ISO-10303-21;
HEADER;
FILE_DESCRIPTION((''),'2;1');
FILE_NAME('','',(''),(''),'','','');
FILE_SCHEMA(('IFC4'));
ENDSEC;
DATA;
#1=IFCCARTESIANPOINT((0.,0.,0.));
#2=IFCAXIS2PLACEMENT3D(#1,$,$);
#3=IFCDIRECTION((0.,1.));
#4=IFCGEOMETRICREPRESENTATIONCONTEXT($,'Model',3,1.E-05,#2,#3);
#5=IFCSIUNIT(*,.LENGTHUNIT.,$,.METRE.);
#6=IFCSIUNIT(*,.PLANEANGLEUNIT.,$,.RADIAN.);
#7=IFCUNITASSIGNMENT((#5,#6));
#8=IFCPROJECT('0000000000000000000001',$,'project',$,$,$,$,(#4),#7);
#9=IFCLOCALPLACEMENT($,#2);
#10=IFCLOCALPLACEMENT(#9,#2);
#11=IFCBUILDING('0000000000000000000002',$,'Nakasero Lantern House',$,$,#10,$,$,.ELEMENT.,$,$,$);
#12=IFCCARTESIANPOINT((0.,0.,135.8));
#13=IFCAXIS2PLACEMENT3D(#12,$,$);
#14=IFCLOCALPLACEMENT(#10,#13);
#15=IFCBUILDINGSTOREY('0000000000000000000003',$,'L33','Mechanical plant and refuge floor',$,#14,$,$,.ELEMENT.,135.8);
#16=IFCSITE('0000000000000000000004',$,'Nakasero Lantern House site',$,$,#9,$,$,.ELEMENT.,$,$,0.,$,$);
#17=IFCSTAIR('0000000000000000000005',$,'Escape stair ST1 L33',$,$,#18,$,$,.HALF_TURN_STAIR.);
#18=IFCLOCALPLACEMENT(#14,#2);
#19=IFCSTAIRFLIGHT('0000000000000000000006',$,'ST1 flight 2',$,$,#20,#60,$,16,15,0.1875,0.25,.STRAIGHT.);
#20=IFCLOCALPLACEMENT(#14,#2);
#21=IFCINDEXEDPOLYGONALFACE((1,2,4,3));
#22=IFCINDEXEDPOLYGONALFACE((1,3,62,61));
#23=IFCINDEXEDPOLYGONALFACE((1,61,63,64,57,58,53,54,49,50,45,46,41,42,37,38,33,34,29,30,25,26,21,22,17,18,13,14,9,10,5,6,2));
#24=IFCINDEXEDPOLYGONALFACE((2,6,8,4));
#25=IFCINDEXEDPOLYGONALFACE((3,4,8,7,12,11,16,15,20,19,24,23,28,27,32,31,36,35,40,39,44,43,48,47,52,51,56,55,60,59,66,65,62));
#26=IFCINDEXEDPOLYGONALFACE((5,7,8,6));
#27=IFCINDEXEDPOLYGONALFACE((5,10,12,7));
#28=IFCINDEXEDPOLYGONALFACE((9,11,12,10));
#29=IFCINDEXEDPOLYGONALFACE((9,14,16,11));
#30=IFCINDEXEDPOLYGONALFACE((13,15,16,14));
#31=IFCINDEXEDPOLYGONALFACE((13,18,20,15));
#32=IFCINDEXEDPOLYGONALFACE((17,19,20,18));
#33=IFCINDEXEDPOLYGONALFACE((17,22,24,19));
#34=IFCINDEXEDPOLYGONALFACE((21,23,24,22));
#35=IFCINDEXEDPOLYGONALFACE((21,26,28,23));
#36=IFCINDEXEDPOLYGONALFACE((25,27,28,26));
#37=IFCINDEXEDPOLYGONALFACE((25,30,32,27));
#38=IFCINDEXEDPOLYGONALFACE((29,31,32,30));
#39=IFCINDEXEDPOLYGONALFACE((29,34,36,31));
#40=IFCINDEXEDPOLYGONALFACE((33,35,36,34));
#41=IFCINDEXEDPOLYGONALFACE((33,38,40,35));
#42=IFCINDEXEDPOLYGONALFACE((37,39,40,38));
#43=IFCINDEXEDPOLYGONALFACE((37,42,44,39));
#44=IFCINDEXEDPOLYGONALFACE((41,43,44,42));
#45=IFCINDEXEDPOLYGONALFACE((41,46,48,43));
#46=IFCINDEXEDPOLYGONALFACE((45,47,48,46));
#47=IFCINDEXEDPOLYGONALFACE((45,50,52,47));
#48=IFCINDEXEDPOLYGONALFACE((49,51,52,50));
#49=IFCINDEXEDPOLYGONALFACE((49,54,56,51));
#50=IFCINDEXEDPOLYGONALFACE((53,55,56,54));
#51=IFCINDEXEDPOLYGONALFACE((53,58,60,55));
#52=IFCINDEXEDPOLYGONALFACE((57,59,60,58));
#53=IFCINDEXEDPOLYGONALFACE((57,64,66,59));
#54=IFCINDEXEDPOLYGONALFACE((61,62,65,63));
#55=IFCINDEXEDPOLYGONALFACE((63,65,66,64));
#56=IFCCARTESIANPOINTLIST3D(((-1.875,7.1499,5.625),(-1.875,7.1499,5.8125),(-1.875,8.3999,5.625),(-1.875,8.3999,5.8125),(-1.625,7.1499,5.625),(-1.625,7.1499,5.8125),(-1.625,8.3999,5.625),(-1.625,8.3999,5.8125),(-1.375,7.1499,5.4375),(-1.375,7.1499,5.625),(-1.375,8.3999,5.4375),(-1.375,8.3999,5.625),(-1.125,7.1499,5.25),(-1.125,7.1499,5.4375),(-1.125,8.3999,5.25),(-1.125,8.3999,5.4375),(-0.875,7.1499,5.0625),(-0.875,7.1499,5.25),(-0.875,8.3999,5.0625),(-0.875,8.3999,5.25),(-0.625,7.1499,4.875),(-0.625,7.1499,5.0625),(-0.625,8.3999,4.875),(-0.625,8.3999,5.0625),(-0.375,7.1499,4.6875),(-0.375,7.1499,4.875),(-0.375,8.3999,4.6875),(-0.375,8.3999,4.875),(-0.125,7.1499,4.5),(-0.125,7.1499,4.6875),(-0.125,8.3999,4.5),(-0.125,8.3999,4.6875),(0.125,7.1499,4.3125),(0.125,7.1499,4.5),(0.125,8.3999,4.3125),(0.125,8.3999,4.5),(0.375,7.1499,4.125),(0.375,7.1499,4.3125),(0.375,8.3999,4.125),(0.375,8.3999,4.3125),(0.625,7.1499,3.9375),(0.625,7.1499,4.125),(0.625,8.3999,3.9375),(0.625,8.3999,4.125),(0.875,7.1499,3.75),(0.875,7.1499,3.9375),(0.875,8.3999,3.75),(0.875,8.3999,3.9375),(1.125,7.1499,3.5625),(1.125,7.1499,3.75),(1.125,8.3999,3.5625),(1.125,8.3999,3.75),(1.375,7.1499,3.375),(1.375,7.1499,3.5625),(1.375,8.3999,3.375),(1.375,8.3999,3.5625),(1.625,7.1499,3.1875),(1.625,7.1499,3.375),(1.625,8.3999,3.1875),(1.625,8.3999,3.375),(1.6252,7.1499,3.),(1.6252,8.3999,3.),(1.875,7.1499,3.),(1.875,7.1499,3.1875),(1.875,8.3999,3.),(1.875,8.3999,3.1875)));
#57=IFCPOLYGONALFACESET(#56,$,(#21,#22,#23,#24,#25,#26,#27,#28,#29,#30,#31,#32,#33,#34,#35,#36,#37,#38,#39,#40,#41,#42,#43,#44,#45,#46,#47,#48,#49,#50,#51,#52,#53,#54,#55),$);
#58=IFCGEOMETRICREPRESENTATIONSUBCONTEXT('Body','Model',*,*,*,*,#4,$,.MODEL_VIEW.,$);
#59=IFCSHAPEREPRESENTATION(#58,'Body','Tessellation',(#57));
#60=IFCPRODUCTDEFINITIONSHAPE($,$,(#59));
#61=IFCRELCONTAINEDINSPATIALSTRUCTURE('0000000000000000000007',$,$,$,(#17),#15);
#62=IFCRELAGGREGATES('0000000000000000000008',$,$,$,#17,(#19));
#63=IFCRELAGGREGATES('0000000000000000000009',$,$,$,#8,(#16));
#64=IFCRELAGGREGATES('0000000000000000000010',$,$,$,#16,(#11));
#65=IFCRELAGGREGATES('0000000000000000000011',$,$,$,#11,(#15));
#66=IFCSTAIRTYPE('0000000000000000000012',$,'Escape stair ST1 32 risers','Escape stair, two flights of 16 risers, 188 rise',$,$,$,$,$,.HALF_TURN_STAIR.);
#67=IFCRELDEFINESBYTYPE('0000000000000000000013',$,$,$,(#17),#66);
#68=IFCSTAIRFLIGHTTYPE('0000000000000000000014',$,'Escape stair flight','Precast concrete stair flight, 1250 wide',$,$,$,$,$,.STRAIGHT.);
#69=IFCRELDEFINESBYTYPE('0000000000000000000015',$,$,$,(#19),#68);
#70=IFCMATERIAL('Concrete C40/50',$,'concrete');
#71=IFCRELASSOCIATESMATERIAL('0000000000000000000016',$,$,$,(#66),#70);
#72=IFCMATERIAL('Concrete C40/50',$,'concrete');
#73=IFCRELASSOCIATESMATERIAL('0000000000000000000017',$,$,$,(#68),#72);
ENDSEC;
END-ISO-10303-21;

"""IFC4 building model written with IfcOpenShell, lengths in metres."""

from ifc_helpers import new_model, si_unit, direction, frame, origin, place, context, subcontext, project, spatial, polyline, outline, extrude, material, type_object, element, aggregate, save


model = new_model("IFC4")

# Units and contexts
model_context = context("Model", 3, precision=1e-05, world=origin(), true_north=direction((0.0, 1.0)))
body_context = subcontext(model_context, "Body", "Model", "MODEL_VIEW")
ifc_project = project(units=[si_unit("LENGTHUNIT", "METRE"), si_unit("PLANEANGLEUNIT", "RADIAN")], contexts=[model_context])

# Site, building, storey
site_placement = place(None, origin())
site = spatial("IfcSite", under=ifc_project, at=site_placement, Name="Nakasero Lantern House site", CompositionType="ELEMENT", RefElevation=0.0)
building_placement = place(site_placement, origin())
building = spatial("IfcBuilding", under=site, at=building_placement, Name="Nakasero Lantern House", CompositionType="ELEMENT")
storey_placement = place(building_placement, frame((0.0, 0.0, 135.8)))
storey = spatial("IfcBuildingStorey", under=building, at=storey_placement, Name="L33", Description="Mechanical plant and refuge floor", CompositionType="ELEMENT", Elevation=135.8)

# Stair
ifc_material_1 = material(Name="Concrete C40/50", Category="concrete")
stair_type_1 = type_object("IfcStairType", Name="Escape stair ST1 32 risers", Description="Escape stair, two flights of 16 risers, 188 rise", PredefinedType="HALF_TURN_STAIR", material=ifc_material_1)
stair_1_placement = place(storey_placement, origin())
stair_1 = element("IfcStair", 1, at=stair_1_placement, inside=storey, type_object=stair_type_1, Name="Escape stair ST1 L33", PredefinedType="HALF_TURN_STAIR")

# Stair flight
ifc_material_2 = material(Name="Concrete C40/50", Category="concrete")
stair_flight_type = type_object("IfcStairFlightType", Name="Escape stair flight", Description="Precast concrete stair flight, 1250 wide", PredefinedType="STRAIGHT", material=ifc_material_2)
stair_flight_placement = place(storey_placement, frame((1.875, 7.7749, 3.0), z_axis=(0.0, 0.0, 1.0), x_axis=(-1.0, 0.0, 0.0)))
stair_flight = element("IfcStairFlight", 2, at=stair_flight_placement, type_object=stair_flight_type, Name="ST1 flight 2", NumberOfRisers=16, NumberOfTreads=15, PredefinedType="STRAIGHT", RiserHeight=0.1875, TreadLength=0.25, context=body_context, shape_type="SweptSolid", body=[
    extrude(outline(polyline([(0.0, 0.0), (0.0, 0.1875), (0.25, 0.1875), (0.25, 0.375), (0.5, 0.375), (0.5, 0.5625), (0.75, 0.5625), (0.75, 0.75), (1.0, 0.75), (1.0, 0.9375), (1.25, 0.9375), (1.25, 1.125), (1.5, 1.125), (1.5, 1.3125), (1.75, 1.3125), (1.75, 1.5), (2.0, 1.5), (2.0, 1.6875), (2.25, 1.6875), (2.25, 1.875), (2.5, 1.875), (2.5, 2.0625), (2.75, 2.0625), (2.75, 2.25), (3.0, 2.25), (3.0, 2.4375), (3.25, 2.4375), (3.25, 2.625), (3.5, 2.625), (3.5, 2.8125), (3.75, 2.8125), (3.75, 3.0), (3.75, 2.625), (0.2498, 0.0), (0.0, 0.0)])), frame((0.0, 0.625, 0.0), z_axis=(0.0, -1.0, 0.0), x_axis=(1.0, 0.0, 0.0)), (0.0, 0.0, 1.0), 1.25),
])
aggregate(stair_1, [stair_flight])

save(model, "model.ifc")
